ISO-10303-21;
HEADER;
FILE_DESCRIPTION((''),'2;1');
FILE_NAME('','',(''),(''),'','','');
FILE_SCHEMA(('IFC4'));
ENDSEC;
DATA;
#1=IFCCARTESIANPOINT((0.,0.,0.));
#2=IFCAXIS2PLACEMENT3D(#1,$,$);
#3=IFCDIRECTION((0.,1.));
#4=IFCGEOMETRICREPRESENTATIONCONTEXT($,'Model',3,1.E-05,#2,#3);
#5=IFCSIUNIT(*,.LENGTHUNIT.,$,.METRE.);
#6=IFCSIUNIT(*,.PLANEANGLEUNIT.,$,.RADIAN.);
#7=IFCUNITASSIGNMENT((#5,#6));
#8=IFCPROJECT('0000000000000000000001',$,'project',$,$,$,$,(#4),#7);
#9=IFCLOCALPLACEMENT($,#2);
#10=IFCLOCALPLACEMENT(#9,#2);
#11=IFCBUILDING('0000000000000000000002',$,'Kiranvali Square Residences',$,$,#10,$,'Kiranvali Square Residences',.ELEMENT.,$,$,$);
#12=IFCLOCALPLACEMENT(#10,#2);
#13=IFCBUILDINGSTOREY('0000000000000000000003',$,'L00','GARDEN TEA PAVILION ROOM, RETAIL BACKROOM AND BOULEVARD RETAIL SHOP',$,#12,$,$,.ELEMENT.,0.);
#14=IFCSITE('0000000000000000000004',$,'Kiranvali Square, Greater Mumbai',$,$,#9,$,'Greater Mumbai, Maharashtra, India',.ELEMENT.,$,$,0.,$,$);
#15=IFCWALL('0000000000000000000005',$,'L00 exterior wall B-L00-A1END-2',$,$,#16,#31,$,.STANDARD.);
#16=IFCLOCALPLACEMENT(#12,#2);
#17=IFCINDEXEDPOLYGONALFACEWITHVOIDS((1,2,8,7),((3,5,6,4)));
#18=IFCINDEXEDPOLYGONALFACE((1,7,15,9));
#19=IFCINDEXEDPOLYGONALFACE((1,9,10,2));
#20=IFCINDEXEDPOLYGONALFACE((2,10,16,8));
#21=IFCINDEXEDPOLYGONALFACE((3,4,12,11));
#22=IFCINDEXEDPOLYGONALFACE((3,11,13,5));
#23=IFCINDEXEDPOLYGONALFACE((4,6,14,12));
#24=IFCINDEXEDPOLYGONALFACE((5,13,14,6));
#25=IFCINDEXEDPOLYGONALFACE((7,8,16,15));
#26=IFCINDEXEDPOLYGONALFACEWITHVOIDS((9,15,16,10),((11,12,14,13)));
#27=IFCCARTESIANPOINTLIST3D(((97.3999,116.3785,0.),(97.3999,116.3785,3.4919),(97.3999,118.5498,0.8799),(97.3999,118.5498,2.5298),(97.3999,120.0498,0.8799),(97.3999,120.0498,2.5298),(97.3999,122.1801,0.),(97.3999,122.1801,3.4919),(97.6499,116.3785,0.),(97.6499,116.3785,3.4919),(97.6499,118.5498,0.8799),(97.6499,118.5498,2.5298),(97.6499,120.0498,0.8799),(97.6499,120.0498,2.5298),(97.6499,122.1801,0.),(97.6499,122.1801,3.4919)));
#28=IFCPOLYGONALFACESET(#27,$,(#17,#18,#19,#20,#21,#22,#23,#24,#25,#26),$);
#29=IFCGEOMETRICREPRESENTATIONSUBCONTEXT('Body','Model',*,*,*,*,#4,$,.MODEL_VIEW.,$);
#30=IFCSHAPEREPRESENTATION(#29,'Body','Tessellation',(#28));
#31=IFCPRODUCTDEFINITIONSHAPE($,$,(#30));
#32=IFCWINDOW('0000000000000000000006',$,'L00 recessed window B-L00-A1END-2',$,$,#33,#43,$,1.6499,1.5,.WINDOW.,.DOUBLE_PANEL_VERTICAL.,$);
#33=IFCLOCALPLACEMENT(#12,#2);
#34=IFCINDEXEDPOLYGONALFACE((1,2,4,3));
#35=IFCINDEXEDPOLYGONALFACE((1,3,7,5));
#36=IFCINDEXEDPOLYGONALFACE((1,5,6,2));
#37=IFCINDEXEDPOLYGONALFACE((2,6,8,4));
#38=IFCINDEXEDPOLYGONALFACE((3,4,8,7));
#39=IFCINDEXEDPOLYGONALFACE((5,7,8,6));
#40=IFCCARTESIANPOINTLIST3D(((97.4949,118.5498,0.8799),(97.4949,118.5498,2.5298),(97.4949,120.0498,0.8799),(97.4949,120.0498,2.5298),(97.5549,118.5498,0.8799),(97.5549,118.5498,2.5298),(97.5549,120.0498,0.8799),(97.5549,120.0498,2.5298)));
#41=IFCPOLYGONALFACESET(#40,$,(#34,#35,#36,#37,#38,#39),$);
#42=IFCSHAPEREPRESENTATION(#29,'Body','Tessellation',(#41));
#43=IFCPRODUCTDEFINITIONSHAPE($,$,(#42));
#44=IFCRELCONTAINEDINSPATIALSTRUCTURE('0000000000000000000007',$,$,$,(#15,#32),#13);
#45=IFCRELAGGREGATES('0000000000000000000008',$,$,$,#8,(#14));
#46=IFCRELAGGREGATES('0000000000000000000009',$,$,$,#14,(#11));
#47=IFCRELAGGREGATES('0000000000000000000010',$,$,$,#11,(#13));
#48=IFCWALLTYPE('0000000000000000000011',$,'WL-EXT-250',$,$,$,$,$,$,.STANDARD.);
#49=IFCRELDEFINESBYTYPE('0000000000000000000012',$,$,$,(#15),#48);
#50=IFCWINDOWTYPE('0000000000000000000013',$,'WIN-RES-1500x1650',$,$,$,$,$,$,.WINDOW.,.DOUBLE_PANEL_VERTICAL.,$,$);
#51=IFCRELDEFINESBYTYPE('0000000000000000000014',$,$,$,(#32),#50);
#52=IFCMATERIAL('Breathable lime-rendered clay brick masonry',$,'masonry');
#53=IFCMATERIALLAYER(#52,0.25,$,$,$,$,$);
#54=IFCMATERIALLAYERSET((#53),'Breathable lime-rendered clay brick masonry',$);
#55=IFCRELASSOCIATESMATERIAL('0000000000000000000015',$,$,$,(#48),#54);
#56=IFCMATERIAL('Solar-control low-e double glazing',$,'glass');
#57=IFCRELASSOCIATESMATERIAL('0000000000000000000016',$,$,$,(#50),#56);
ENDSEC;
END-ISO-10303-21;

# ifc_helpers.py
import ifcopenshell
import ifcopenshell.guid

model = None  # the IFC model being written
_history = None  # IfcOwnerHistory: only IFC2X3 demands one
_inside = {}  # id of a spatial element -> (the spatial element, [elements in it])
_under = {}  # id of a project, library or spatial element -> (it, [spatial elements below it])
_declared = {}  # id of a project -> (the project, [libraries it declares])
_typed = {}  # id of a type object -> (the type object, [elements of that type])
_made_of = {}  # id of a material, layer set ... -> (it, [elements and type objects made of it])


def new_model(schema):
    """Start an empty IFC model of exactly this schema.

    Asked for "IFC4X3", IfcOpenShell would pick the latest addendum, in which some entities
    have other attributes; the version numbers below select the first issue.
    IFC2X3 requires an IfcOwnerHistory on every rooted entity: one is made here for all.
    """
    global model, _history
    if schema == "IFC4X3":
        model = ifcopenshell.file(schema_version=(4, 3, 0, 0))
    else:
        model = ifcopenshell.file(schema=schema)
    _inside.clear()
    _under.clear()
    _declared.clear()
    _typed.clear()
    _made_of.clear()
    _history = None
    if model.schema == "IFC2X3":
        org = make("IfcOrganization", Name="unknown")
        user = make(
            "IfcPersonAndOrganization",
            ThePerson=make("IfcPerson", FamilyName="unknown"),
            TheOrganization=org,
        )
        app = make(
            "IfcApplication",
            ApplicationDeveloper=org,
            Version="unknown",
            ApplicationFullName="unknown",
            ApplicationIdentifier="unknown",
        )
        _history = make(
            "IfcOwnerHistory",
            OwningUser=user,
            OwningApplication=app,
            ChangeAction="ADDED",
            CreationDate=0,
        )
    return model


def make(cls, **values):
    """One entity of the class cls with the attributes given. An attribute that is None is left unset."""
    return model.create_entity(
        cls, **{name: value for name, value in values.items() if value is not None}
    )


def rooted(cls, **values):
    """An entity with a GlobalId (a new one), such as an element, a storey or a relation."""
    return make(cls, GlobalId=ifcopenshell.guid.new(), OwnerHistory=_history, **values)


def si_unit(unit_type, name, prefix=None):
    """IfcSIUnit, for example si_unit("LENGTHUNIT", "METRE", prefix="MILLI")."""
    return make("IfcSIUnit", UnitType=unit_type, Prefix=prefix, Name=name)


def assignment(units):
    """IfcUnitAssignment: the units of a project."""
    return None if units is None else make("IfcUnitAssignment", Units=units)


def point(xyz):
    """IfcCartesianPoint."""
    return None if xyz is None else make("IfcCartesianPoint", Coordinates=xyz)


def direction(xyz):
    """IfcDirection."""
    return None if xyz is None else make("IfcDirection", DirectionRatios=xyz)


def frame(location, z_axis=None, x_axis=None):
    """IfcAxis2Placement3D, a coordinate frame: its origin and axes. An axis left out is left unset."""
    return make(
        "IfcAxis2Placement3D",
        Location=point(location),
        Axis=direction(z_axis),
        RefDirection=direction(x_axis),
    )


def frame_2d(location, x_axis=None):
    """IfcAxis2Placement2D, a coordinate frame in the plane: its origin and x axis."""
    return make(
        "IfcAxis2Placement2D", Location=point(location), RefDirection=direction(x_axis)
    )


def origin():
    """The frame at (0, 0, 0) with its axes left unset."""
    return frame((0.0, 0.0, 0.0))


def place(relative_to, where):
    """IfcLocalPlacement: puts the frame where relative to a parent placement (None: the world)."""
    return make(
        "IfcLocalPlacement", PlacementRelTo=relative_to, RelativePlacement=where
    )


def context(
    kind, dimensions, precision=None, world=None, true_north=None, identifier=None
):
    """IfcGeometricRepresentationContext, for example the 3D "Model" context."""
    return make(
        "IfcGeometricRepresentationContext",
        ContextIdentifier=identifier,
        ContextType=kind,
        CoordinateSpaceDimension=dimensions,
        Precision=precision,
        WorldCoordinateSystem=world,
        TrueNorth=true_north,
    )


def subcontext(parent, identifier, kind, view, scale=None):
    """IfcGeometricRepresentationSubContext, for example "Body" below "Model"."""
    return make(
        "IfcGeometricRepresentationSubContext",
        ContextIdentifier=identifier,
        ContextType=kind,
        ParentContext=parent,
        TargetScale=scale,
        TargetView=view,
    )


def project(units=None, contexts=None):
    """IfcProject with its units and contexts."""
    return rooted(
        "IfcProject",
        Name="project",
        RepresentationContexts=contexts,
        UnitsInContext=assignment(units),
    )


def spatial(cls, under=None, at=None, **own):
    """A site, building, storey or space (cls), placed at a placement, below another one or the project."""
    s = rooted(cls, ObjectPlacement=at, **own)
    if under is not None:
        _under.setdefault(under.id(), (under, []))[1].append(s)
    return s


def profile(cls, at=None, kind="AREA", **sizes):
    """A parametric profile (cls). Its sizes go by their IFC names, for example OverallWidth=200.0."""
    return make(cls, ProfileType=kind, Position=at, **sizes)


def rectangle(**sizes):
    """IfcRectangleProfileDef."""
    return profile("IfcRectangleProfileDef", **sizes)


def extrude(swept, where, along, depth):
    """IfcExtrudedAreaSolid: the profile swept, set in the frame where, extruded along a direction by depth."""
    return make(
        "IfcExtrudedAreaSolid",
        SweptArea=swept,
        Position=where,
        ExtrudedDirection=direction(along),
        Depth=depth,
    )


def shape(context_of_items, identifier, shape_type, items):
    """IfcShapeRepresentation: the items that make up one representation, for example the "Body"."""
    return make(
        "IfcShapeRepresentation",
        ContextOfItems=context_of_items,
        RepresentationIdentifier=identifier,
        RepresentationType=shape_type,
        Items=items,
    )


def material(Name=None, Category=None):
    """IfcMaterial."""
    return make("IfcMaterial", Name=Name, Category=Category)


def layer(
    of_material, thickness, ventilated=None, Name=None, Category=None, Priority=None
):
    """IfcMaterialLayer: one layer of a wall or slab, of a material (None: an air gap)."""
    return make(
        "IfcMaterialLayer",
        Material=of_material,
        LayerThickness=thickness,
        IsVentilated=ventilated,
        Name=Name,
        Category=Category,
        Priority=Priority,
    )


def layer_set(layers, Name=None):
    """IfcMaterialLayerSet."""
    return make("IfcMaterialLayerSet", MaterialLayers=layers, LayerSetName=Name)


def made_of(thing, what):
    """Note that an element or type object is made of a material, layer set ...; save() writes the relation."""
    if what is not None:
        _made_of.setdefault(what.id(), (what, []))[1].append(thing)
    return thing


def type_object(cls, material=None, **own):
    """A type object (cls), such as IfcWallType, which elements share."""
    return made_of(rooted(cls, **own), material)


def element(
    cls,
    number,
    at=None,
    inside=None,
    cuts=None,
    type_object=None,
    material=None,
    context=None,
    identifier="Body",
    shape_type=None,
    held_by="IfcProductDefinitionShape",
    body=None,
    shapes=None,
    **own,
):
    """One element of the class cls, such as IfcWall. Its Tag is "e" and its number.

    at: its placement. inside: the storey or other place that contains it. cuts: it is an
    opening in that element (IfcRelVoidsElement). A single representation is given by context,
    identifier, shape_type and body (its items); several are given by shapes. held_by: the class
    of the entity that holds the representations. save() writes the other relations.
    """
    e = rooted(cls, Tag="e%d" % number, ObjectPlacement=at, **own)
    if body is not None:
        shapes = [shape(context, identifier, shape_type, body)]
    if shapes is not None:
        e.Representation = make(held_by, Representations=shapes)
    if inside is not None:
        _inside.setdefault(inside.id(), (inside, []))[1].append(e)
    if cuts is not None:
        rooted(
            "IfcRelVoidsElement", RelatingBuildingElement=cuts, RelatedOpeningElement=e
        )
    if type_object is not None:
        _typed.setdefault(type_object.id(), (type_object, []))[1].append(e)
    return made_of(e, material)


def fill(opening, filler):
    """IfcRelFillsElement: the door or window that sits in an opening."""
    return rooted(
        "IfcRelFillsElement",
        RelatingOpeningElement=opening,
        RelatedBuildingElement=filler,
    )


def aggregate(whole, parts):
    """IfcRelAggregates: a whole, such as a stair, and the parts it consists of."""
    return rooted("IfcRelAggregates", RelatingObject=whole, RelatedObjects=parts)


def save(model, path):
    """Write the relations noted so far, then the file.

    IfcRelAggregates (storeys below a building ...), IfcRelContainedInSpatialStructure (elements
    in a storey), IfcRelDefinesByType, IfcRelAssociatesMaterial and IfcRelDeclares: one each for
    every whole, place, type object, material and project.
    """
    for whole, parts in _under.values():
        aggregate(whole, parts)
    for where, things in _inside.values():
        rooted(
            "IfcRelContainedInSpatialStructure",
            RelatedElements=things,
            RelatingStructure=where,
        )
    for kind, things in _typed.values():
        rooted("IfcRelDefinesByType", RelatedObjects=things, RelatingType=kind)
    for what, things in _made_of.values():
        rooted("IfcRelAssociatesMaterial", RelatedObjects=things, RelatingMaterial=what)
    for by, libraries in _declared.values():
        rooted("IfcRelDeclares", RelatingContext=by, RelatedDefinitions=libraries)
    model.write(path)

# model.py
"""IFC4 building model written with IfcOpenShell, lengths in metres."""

from ifc_helpers import new_model, si_unit, direction, frame, frame_2d, origin, place, context, subcontext, project, spatial, rectangle, extrude, material, layer, layer_set, type_object, element, fill, save


model = new_model("IFC4")

# Units and contexts
model_context = context("Model", 3, precision=1e-05, world=origin(), true_north=direction((0.0, 1.0)))
body_context = subcontext(model_context, "Body", "Model", "MODEL_VIEW")
ifc_project = project(units=[si_unit("LENGTHUNIT", "METRE"), si_unit("PLANEANGLEUNIT", "RADIAN")], contexts=[model_context])

# Site, building, storey
site_placement = place(None, origin())
site = spatial("IfcSite", under=ifc_project, at=site_placement, Name="Kiranvali Square, Greater Mumbai", LongName="Greater Mumbai, Maharashtra, India", CompositionType="ELEMENT", RefElevation=0.0)
building_placement = place(site_placement, origin())
building = spatial("IfcBuilding", under=site, at=building_placement, Name="Kiranvali Square Residences", LongName="Kiranvali Square Residences", CompositionType="ELEMENT")
storey_placement = place(building_placement, origin())
storey = spatial("IfcBuildingStorey", under=building, at=storey_placement, Name="L00", Description="GARDEN TEA PAVILION ROOM, RETAIL BACKROOM AND BOULEVARD RETAIL SHOP", CompositionType="ELEMENT", Elevation=0.0)

# Shared definitions
ifc_material_1 = material(Name="Breathable lime-rendered clay brick masonry", Category="masonry")
ifc_layer = layer(ifc_material_1, 0.25)
ifc_layer_set = layer_set([ifc_layer], Name="Breathable lime-rendered clay brick masonry")
wall_type = type_object("IfcWallType", Name="WL-EXT-250", PredefinedType="STANDARD", material=ifc_layer_set)

# Wall, opening, window
wall_1_placement = place(storey_placement, frame((97.5249, 116.3784, 0.0), z_axis=(0.0, 0.0, 1.0), x_axis=(0.0, 1.0, 0.0)))
wall_1 = element("IfcWall", 1, at=wall_1_placement, inside=storey, type_object=wall_type, Name="L00 exterior wall B-L00-A1END-2", PredefinedType="STANDARD", context=body_context, shape_type="SweptSolid", body=[
    extrude(rectangle(XDim=5.8015, YDim=0.25, at=frame_2d((2.9009, 0.0))), origin(), (0.0, 0.0, 1.0), 3.4919),
])
opening_1_placement = place(wall_1_placement, frame((2.1714, 0.0, 0.8799)))
opening_1 = element("IfcOpeningElement", 2, at=opening_1_placement, cuts=wall_1, PredefinedType="OPENING", context=body_context, shape_type="SweptSolid", body=[
    extrude(rectangle(XDim=1.5, YDim=1.6499, at=frame_2d((0.75, 0.825))), frame((0.0, 0.135, 0.0), z_axis=(0.0, -1.0, 0.0), x_axis=(1.0, 0.0, 0.0)), (0.0, 0.0, 1.0), 0.27),
])
ifc_material_2 = material(Name="Solar-control low-e double glazing", Category="glass")
window_type = type_object("IfcWindowType", Name="WIN-RES-1500x1650", PartitioningType="DOUBLE_PANEL_VERTICAL", PredefinedType="WINDOW", material=ifc_material_2)
window_placement = place(opening_1_placement, origin())
window = element("IfcWindow", 3, at=window_placement, inside=storey, type_object=window_type, Name="L00 recessed window B-L00-A1END-2", OverallHeight=1.6499, OverallWidth=1.5, PartitioningType="DOUBLE_PANEL_VERTICAL", PredefinedType="WINDOW", context=body_context, shape_type="SweptSolid", body=[
    extrude(rectangle(XDim=1.5, YDim=1.6499, at=frame_2d((0.75, 0.825))), frame((0.0, 0.03, 0.0), z_axis=(0.0, -1.0, 0.0), x_axis=(1.0, 0.0, 0.0)), (0.0, 0.0, 1.0), 0.0601),
])
fill(opening_1, window)

save(model, "model.ifc")
